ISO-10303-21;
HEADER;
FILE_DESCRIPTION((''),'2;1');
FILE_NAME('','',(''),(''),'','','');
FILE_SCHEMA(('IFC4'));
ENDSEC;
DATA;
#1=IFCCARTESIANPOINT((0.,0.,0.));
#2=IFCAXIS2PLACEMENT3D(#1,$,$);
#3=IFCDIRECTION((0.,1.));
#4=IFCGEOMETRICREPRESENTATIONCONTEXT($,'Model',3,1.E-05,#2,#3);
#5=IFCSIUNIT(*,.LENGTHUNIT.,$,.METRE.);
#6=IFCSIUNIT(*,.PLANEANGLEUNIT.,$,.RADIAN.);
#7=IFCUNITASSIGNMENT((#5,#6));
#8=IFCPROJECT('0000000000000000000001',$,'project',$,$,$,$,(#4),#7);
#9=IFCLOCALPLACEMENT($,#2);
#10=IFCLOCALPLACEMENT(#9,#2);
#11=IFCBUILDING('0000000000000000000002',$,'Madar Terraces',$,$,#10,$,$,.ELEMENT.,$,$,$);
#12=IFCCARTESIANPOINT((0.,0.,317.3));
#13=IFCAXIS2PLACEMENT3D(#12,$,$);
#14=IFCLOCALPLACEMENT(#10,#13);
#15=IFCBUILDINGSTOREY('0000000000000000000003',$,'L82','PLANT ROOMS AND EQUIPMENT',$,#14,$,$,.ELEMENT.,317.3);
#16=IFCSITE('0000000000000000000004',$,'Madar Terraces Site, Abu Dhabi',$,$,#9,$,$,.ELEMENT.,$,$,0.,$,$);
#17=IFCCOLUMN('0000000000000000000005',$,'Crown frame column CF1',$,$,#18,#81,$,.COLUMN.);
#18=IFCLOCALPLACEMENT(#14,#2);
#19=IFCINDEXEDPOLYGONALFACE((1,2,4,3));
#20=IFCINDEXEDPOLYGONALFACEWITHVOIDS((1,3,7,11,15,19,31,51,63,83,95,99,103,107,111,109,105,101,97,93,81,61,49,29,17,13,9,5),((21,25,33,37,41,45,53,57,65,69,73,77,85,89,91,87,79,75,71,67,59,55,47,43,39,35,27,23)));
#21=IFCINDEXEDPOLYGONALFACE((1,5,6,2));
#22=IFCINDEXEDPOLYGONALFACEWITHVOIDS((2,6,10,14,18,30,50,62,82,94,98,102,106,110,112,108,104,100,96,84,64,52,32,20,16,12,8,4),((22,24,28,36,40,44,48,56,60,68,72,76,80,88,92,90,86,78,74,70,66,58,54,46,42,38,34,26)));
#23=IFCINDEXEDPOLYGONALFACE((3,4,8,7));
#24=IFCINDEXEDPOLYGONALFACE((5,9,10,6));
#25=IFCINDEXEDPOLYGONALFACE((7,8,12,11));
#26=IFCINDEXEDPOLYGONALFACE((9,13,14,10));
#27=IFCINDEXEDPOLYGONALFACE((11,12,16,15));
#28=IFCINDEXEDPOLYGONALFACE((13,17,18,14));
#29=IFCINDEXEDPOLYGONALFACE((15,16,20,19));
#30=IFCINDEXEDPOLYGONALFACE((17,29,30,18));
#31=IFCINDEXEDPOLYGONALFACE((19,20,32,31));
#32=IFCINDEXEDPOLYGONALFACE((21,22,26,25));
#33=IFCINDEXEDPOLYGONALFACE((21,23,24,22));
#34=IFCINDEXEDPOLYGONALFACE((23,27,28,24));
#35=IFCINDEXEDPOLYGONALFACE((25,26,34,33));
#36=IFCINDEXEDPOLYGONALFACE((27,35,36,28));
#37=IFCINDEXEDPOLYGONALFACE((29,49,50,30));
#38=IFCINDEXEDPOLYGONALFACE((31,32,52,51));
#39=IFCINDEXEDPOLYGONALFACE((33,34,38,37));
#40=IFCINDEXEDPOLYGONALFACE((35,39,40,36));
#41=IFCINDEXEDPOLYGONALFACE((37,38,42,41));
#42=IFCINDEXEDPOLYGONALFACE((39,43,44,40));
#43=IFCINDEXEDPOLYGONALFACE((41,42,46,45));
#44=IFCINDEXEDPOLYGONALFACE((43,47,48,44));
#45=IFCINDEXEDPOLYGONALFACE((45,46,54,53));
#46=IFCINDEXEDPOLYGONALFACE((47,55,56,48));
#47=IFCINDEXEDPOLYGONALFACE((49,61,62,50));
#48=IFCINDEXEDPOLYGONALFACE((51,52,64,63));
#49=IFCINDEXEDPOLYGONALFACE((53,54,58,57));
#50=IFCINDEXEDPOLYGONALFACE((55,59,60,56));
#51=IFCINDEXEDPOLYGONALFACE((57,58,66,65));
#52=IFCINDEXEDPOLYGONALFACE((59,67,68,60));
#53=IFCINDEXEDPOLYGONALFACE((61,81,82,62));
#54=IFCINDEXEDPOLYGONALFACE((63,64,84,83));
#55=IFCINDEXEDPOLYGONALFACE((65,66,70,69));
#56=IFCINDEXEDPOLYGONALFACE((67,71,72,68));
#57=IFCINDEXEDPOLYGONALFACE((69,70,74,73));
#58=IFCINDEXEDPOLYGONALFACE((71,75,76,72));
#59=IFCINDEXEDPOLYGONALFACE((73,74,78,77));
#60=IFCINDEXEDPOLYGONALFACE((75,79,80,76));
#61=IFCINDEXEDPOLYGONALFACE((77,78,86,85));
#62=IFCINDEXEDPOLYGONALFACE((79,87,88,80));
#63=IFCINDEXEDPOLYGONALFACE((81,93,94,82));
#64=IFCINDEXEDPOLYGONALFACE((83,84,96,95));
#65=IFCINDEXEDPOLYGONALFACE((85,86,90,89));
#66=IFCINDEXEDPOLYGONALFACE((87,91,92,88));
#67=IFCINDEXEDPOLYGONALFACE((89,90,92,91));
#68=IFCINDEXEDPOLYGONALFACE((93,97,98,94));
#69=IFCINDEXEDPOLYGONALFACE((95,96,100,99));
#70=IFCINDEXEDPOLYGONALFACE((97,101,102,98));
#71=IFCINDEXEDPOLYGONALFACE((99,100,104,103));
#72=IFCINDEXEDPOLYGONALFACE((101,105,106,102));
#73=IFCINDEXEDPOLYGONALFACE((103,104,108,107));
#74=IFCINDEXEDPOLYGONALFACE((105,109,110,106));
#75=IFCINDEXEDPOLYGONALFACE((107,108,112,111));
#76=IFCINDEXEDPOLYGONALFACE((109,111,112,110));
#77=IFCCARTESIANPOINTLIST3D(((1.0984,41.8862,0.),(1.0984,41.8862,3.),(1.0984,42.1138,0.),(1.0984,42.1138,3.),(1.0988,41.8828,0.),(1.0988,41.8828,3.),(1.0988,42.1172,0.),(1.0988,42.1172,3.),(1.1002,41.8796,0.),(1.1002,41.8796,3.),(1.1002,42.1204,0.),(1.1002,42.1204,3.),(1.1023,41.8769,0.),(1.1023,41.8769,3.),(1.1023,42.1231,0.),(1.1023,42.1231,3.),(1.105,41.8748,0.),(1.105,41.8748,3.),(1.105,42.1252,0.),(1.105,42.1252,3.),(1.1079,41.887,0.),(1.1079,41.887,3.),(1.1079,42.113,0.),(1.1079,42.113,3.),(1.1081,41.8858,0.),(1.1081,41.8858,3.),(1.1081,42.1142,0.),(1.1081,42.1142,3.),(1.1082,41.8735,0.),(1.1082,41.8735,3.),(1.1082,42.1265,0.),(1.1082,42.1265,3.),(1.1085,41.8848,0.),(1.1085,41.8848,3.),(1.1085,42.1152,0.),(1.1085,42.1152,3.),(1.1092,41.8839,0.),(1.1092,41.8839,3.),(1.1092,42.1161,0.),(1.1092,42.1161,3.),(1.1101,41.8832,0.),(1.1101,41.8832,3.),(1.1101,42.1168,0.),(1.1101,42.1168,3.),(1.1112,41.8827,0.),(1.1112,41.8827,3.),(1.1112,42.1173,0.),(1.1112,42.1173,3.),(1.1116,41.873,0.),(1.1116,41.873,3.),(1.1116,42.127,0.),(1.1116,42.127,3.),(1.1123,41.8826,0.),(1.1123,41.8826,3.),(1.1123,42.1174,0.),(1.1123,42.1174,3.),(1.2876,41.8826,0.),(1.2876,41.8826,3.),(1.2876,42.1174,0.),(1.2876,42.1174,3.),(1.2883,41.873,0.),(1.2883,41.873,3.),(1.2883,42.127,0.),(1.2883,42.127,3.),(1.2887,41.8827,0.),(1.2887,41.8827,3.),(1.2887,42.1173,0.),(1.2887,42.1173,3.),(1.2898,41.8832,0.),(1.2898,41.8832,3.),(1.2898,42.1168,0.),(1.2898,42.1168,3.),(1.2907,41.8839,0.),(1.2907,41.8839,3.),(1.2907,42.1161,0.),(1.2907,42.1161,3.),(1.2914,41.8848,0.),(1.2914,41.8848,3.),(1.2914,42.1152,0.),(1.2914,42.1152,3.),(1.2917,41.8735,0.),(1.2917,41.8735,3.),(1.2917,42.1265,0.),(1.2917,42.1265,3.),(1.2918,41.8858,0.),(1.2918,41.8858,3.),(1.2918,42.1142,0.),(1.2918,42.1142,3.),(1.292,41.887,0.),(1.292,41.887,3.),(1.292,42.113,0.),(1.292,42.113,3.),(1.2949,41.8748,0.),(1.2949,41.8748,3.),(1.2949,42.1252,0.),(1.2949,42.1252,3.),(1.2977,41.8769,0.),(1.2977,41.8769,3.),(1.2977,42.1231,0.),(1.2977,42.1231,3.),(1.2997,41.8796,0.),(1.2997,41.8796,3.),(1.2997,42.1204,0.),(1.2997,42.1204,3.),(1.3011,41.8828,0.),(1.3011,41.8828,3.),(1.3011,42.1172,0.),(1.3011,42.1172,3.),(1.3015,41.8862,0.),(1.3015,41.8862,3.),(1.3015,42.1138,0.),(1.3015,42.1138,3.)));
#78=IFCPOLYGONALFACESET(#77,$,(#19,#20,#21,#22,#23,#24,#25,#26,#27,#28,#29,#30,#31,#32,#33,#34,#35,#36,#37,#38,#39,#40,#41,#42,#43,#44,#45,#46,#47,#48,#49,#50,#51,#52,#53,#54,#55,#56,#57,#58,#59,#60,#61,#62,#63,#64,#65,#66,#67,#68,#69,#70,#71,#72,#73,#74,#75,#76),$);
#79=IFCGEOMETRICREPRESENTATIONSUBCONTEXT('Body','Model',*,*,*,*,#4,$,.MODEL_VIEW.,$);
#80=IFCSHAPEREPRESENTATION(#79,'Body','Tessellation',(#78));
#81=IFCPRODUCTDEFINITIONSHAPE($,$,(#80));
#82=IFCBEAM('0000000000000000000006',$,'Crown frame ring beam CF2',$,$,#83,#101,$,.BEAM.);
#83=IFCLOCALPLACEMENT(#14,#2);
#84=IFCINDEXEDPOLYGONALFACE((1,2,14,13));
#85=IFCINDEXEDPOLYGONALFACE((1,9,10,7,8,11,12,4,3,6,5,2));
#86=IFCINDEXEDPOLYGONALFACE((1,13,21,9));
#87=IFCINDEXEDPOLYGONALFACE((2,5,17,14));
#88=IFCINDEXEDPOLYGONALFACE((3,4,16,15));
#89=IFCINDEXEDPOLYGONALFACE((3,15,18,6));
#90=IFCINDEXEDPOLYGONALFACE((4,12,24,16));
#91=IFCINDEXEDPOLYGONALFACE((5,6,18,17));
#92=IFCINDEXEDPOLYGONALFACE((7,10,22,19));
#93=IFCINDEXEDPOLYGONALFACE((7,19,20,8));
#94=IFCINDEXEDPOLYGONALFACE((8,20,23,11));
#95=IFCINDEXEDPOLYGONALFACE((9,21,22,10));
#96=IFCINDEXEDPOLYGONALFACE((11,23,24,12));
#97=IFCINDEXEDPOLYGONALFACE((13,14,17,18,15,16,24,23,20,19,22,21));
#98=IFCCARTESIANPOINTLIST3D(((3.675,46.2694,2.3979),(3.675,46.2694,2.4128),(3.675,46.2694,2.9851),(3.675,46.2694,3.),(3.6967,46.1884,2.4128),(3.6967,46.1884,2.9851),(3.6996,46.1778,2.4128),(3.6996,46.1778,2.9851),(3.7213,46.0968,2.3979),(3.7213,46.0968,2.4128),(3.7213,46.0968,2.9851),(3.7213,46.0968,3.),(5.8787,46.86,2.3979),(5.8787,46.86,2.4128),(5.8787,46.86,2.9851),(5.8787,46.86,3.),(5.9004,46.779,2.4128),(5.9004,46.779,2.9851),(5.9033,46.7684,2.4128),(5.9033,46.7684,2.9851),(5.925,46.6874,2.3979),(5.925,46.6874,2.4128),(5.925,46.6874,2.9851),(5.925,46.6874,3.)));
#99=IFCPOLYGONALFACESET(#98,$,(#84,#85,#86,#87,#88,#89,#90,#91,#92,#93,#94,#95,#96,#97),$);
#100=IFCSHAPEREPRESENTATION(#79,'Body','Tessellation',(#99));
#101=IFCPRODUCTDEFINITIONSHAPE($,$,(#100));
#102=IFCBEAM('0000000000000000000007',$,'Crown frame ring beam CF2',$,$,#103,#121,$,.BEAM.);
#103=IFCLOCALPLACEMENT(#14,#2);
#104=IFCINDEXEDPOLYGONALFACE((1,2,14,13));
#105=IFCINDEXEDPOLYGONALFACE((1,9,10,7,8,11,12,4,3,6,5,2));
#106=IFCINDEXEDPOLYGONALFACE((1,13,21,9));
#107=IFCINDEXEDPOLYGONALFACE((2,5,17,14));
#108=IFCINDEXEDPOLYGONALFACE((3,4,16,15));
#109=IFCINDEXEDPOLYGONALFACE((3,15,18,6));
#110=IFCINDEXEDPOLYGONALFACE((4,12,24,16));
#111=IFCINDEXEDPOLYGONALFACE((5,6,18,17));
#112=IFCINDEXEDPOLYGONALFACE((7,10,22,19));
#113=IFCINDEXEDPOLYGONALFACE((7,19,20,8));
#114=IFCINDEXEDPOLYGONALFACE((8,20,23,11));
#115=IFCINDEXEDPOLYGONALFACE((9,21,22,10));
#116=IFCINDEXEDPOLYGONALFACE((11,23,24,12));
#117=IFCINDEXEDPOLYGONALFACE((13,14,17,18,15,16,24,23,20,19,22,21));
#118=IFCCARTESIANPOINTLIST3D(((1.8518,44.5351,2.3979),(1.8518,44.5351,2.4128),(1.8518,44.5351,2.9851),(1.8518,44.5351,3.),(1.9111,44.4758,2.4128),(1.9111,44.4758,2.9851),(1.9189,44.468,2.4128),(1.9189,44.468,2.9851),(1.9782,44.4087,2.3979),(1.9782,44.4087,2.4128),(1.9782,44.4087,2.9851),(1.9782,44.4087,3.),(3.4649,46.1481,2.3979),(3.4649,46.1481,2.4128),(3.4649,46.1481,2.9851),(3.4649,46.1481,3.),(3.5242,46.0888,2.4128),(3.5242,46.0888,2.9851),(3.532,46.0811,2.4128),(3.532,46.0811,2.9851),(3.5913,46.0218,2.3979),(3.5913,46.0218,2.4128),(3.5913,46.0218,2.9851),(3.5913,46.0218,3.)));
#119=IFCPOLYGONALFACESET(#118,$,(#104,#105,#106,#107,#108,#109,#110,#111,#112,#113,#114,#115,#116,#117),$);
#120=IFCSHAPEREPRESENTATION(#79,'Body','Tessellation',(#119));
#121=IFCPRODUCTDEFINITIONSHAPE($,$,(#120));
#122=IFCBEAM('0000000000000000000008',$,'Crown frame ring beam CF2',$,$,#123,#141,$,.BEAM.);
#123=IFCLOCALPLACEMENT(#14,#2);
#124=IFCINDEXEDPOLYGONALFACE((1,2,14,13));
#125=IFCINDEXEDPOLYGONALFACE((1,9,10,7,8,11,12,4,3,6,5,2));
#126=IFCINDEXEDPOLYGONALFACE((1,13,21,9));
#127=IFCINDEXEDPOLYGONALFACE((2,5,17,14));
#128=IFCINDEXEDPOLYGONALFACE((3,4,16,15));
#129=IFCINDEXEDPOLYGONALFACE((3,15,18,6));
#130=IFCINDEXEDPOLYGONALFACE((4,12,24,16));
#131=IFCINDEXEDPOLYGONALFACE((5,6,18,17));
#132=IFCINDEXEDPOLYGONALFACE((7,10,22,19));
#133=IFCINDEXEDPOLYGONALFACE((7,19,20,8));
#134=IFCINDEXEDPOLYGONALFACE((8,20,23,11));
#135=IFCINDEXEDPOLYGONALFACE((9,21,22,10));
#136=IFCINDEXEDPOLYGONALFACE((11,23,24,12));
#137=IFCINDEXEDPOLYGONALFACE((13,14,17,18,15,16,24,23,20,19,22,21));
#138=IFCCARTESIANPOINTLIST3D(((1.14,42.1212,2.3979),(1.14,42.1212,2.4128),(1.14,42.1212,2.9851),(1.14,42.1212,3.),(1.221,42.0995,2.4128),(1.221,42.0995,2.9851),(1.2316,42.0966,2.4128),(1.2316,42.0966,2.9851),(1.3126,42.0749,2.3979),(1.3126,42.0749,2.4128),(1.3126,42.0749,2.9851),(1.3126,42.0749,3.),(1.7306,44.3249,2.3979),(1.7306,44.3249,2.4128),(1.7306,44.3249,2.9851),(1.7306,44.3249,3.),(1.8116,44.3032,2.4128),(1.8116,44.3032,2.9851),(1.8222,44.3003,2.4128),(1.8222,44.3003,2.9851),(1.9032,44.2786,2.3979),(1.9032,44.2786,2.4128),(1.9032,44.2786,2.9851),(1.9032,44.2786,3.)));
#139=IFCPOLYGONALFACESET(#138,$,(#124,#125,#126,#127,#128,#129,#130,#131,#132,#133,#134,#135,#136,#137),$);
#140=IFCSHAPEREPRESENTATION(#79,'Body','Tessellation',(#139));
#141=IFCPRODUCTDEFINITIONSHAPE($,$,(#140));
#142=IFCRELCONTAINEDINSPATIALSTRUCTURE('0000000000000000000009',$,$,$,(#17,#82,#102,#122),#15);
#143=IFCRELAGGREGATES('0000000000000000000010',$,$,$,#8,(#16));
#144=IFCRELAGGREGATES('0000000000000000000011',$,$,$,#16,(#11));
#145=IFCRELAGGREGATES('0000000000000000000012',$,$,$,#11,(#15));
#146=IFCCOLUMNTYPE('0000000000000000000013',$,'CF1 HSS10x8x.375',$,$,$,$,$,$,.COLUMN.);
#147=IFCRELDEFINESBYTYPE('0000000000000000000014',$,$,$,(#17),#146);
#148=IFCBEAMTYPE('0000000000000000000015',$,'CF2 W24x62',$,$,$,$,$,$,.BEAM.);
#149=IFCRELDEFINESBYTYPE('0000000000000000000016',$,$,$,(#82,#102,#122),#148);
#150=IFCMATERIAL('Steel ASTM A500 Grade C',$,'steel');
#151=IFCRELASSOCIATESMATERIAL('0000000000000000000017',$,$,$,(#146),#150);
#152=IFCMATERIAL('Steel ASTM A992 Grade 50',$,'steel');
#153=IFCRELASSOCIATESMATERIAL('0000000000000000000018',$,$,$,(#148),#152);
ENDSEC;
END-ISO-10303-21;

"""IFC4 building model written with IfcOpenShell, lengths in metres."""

from ifc_helpers import new_model, si_unit, direction, frame, origin, origin_2d, place, context, subcontext, project, spatial, hollow_rectangle, i_section, extrude, material, material_profile, profile_set, type_object, element, save


model = new_model("IFC4")

# Units and contexts
model_context = context("Model", 3, precision=1e-05, world=origin(), true_north=direction((0.0, 1.0)))
body_context = subcontext(model_context, "Body", "Model", "MODEL_VIEW")
ifc_project = project(units=[si_unit("LENGTHUNIT", "METRE"), si_unit("PLANEANGLEUNIT", "RADIAN")], contexts=[model_context])

# Site, building, storey
site_placement = place(None, origin())
site = spatial("IfcSite", under=ifc_project, at=site_placement, Name="Madar Terraces Site, Abu Dhabi", CompositionType="ELEMENT", RefElevation=0.0)
building_placement = place(site_placement, origin())
building = spatial("IfcBuilding", under=site, at=building_placement, Name="Madar Terraces", CompositionType="ELEMENT")
storey_placement = place(building_placement, frame((0.0, 0.0, 317.3)))
storey = spatial("IfcBuildingStorey", under=building, at=storey_placement, Name="L82", Description="PLANT ROOMS AND EQUIPMENT", CompositionType="ELEMENT", Elevation=317.3)

# Column
ifc_material_1 = material(Name="Steel ASTM A500 Grade C", Category="steel")
ifc_material_profile_1 = material_profile(ifc_material_1, hollow_rectangle(XDim=0.2031, YDim=0.2539, WallThickness=0.0095, InnerFilletRadius=0.0044, OuterFilletRadius=0.0132, at=origin_2d()), Name="HSS10x8x.375")
ifc_profile_set_1 = profile_set([ifc_material_profile_1], Name="Steel ASTM A500 Grade C")
column_type = type_object("IfcColumnType", Name="CF1 HSS10x8x.375", PredefinedType="COLUMN", material=ifc_profile_set_1)
for number, where, z_axis, x_axis, name in (
    (1, (1.2, 42.0, 0.0), (0.0, 0.0, 1.0), (1.0, 0.0, 0.0), "Crown frame column CF1"),
):
    element("IfcColumn", number, at=place(storey_placement, frame(where, z_axis=z_axis, x_axis=x_axis)), inside=storey, type_object=column_type, Name=name, PredefinedType="COLUMN", context=body_context, shape_type="SweptSolid", body=[
        extrude(hollow_rectangle(XDim=0.2031, YDim=0.2539, WallThickness=0.0095, InnerFilletRadius=0.0044, OuterFilletRadius=0.0132, at=origin_2d()), origin(), (0.0, 0.0, 1.0), 3.0),
    ])

# Beams
ifc_material_2 = material(Name="Steel ASTM A992 Grade 50", Category="steel")
ifc_material_profile_2 = material_profile(ifc_material_2, i_section(OverallWidth=0.1787, OverallDepth=0.6021, WebThickness=0.011, FlangeThickness=0.0149, at=origin_2d()), Name="W24x62")
ifc_profile_set_2 = profile_set([ifc_material_profile_2], Name="Steel ASTM A992 Grade 50")
beam_type = type_object("IfcBeamType", Name="CF2 W24x62", PredefinedType="BEAM", material=ifc_profile_set_2)
beam_1_placement = place(storey_placement, frame((5.9019, 46.7737, 2.699), z_axis=(-0.965913, -0.258868, 0.0), x_axis=(0.258868, -0.965913, 0.0)))
element("IfcBeam", 2, at=beam_1_placement, inside=storey, type_object=beam_type, Name="Crown frame ring beam CF2", PredefinedType="BEAM", context=body_context, shape_type="SweptSolid", body=[
    extrude(i_section(OverallWidth=0.1787, OverallDepth=0.6021, WebThickness=0.011, FlangeThickness=0.0149, at=origin_2d()), origin(), (0.0, 0.0, 1.0), 2.2815),
])
beam_2_placement = place(storey_placement, frame((3.5281, 46.085, 2.699), z_axis=(-0.707107, -0.707107, 0.0), x_axis=(0.707107, -0.707107, 0.0)))
element("IfcBeam", 3, at=beam_2_placement, inside=storey, type_object=beam_type, Name="Crown frame ring beam CF2", PredefinedType="BEAM", context=body_context, shape_type="SweptSolid", body=[
    extrude(i_section(OverallWidth=0.1787, OverallDepth=0.6021, WebThickness=0.011, FlangeThickness=0.0149, at=origin_2d()), origin(), (0.0, 0.0, 1.0), 2.2812),
])
beam_3_placement = place(storey_placement, frame((1.8169, 44.3018, 2.699), z_axis=(-0.258868, -0.965913, 0.0), x_axis=(0.965913, -0.258868, 0.0)))
element("IfcBeam", 4, at=beam_3_placement, inside=storey, type_object=beam_type, Name="Crown frame ring beam CF2", PredefinedType="BEAM", context=body_context, shape_type="SweptSolid", body=[
    extrude(i_section(OverallWidth=0.1787, OverallDepth=0.6021, WebThickness=0.011, FlangeThickness=0.0149, at=origin_2d()), origin(), (0.0, 0.0, 1.0), 2.2815),
])

save(model, "model.ifc")
